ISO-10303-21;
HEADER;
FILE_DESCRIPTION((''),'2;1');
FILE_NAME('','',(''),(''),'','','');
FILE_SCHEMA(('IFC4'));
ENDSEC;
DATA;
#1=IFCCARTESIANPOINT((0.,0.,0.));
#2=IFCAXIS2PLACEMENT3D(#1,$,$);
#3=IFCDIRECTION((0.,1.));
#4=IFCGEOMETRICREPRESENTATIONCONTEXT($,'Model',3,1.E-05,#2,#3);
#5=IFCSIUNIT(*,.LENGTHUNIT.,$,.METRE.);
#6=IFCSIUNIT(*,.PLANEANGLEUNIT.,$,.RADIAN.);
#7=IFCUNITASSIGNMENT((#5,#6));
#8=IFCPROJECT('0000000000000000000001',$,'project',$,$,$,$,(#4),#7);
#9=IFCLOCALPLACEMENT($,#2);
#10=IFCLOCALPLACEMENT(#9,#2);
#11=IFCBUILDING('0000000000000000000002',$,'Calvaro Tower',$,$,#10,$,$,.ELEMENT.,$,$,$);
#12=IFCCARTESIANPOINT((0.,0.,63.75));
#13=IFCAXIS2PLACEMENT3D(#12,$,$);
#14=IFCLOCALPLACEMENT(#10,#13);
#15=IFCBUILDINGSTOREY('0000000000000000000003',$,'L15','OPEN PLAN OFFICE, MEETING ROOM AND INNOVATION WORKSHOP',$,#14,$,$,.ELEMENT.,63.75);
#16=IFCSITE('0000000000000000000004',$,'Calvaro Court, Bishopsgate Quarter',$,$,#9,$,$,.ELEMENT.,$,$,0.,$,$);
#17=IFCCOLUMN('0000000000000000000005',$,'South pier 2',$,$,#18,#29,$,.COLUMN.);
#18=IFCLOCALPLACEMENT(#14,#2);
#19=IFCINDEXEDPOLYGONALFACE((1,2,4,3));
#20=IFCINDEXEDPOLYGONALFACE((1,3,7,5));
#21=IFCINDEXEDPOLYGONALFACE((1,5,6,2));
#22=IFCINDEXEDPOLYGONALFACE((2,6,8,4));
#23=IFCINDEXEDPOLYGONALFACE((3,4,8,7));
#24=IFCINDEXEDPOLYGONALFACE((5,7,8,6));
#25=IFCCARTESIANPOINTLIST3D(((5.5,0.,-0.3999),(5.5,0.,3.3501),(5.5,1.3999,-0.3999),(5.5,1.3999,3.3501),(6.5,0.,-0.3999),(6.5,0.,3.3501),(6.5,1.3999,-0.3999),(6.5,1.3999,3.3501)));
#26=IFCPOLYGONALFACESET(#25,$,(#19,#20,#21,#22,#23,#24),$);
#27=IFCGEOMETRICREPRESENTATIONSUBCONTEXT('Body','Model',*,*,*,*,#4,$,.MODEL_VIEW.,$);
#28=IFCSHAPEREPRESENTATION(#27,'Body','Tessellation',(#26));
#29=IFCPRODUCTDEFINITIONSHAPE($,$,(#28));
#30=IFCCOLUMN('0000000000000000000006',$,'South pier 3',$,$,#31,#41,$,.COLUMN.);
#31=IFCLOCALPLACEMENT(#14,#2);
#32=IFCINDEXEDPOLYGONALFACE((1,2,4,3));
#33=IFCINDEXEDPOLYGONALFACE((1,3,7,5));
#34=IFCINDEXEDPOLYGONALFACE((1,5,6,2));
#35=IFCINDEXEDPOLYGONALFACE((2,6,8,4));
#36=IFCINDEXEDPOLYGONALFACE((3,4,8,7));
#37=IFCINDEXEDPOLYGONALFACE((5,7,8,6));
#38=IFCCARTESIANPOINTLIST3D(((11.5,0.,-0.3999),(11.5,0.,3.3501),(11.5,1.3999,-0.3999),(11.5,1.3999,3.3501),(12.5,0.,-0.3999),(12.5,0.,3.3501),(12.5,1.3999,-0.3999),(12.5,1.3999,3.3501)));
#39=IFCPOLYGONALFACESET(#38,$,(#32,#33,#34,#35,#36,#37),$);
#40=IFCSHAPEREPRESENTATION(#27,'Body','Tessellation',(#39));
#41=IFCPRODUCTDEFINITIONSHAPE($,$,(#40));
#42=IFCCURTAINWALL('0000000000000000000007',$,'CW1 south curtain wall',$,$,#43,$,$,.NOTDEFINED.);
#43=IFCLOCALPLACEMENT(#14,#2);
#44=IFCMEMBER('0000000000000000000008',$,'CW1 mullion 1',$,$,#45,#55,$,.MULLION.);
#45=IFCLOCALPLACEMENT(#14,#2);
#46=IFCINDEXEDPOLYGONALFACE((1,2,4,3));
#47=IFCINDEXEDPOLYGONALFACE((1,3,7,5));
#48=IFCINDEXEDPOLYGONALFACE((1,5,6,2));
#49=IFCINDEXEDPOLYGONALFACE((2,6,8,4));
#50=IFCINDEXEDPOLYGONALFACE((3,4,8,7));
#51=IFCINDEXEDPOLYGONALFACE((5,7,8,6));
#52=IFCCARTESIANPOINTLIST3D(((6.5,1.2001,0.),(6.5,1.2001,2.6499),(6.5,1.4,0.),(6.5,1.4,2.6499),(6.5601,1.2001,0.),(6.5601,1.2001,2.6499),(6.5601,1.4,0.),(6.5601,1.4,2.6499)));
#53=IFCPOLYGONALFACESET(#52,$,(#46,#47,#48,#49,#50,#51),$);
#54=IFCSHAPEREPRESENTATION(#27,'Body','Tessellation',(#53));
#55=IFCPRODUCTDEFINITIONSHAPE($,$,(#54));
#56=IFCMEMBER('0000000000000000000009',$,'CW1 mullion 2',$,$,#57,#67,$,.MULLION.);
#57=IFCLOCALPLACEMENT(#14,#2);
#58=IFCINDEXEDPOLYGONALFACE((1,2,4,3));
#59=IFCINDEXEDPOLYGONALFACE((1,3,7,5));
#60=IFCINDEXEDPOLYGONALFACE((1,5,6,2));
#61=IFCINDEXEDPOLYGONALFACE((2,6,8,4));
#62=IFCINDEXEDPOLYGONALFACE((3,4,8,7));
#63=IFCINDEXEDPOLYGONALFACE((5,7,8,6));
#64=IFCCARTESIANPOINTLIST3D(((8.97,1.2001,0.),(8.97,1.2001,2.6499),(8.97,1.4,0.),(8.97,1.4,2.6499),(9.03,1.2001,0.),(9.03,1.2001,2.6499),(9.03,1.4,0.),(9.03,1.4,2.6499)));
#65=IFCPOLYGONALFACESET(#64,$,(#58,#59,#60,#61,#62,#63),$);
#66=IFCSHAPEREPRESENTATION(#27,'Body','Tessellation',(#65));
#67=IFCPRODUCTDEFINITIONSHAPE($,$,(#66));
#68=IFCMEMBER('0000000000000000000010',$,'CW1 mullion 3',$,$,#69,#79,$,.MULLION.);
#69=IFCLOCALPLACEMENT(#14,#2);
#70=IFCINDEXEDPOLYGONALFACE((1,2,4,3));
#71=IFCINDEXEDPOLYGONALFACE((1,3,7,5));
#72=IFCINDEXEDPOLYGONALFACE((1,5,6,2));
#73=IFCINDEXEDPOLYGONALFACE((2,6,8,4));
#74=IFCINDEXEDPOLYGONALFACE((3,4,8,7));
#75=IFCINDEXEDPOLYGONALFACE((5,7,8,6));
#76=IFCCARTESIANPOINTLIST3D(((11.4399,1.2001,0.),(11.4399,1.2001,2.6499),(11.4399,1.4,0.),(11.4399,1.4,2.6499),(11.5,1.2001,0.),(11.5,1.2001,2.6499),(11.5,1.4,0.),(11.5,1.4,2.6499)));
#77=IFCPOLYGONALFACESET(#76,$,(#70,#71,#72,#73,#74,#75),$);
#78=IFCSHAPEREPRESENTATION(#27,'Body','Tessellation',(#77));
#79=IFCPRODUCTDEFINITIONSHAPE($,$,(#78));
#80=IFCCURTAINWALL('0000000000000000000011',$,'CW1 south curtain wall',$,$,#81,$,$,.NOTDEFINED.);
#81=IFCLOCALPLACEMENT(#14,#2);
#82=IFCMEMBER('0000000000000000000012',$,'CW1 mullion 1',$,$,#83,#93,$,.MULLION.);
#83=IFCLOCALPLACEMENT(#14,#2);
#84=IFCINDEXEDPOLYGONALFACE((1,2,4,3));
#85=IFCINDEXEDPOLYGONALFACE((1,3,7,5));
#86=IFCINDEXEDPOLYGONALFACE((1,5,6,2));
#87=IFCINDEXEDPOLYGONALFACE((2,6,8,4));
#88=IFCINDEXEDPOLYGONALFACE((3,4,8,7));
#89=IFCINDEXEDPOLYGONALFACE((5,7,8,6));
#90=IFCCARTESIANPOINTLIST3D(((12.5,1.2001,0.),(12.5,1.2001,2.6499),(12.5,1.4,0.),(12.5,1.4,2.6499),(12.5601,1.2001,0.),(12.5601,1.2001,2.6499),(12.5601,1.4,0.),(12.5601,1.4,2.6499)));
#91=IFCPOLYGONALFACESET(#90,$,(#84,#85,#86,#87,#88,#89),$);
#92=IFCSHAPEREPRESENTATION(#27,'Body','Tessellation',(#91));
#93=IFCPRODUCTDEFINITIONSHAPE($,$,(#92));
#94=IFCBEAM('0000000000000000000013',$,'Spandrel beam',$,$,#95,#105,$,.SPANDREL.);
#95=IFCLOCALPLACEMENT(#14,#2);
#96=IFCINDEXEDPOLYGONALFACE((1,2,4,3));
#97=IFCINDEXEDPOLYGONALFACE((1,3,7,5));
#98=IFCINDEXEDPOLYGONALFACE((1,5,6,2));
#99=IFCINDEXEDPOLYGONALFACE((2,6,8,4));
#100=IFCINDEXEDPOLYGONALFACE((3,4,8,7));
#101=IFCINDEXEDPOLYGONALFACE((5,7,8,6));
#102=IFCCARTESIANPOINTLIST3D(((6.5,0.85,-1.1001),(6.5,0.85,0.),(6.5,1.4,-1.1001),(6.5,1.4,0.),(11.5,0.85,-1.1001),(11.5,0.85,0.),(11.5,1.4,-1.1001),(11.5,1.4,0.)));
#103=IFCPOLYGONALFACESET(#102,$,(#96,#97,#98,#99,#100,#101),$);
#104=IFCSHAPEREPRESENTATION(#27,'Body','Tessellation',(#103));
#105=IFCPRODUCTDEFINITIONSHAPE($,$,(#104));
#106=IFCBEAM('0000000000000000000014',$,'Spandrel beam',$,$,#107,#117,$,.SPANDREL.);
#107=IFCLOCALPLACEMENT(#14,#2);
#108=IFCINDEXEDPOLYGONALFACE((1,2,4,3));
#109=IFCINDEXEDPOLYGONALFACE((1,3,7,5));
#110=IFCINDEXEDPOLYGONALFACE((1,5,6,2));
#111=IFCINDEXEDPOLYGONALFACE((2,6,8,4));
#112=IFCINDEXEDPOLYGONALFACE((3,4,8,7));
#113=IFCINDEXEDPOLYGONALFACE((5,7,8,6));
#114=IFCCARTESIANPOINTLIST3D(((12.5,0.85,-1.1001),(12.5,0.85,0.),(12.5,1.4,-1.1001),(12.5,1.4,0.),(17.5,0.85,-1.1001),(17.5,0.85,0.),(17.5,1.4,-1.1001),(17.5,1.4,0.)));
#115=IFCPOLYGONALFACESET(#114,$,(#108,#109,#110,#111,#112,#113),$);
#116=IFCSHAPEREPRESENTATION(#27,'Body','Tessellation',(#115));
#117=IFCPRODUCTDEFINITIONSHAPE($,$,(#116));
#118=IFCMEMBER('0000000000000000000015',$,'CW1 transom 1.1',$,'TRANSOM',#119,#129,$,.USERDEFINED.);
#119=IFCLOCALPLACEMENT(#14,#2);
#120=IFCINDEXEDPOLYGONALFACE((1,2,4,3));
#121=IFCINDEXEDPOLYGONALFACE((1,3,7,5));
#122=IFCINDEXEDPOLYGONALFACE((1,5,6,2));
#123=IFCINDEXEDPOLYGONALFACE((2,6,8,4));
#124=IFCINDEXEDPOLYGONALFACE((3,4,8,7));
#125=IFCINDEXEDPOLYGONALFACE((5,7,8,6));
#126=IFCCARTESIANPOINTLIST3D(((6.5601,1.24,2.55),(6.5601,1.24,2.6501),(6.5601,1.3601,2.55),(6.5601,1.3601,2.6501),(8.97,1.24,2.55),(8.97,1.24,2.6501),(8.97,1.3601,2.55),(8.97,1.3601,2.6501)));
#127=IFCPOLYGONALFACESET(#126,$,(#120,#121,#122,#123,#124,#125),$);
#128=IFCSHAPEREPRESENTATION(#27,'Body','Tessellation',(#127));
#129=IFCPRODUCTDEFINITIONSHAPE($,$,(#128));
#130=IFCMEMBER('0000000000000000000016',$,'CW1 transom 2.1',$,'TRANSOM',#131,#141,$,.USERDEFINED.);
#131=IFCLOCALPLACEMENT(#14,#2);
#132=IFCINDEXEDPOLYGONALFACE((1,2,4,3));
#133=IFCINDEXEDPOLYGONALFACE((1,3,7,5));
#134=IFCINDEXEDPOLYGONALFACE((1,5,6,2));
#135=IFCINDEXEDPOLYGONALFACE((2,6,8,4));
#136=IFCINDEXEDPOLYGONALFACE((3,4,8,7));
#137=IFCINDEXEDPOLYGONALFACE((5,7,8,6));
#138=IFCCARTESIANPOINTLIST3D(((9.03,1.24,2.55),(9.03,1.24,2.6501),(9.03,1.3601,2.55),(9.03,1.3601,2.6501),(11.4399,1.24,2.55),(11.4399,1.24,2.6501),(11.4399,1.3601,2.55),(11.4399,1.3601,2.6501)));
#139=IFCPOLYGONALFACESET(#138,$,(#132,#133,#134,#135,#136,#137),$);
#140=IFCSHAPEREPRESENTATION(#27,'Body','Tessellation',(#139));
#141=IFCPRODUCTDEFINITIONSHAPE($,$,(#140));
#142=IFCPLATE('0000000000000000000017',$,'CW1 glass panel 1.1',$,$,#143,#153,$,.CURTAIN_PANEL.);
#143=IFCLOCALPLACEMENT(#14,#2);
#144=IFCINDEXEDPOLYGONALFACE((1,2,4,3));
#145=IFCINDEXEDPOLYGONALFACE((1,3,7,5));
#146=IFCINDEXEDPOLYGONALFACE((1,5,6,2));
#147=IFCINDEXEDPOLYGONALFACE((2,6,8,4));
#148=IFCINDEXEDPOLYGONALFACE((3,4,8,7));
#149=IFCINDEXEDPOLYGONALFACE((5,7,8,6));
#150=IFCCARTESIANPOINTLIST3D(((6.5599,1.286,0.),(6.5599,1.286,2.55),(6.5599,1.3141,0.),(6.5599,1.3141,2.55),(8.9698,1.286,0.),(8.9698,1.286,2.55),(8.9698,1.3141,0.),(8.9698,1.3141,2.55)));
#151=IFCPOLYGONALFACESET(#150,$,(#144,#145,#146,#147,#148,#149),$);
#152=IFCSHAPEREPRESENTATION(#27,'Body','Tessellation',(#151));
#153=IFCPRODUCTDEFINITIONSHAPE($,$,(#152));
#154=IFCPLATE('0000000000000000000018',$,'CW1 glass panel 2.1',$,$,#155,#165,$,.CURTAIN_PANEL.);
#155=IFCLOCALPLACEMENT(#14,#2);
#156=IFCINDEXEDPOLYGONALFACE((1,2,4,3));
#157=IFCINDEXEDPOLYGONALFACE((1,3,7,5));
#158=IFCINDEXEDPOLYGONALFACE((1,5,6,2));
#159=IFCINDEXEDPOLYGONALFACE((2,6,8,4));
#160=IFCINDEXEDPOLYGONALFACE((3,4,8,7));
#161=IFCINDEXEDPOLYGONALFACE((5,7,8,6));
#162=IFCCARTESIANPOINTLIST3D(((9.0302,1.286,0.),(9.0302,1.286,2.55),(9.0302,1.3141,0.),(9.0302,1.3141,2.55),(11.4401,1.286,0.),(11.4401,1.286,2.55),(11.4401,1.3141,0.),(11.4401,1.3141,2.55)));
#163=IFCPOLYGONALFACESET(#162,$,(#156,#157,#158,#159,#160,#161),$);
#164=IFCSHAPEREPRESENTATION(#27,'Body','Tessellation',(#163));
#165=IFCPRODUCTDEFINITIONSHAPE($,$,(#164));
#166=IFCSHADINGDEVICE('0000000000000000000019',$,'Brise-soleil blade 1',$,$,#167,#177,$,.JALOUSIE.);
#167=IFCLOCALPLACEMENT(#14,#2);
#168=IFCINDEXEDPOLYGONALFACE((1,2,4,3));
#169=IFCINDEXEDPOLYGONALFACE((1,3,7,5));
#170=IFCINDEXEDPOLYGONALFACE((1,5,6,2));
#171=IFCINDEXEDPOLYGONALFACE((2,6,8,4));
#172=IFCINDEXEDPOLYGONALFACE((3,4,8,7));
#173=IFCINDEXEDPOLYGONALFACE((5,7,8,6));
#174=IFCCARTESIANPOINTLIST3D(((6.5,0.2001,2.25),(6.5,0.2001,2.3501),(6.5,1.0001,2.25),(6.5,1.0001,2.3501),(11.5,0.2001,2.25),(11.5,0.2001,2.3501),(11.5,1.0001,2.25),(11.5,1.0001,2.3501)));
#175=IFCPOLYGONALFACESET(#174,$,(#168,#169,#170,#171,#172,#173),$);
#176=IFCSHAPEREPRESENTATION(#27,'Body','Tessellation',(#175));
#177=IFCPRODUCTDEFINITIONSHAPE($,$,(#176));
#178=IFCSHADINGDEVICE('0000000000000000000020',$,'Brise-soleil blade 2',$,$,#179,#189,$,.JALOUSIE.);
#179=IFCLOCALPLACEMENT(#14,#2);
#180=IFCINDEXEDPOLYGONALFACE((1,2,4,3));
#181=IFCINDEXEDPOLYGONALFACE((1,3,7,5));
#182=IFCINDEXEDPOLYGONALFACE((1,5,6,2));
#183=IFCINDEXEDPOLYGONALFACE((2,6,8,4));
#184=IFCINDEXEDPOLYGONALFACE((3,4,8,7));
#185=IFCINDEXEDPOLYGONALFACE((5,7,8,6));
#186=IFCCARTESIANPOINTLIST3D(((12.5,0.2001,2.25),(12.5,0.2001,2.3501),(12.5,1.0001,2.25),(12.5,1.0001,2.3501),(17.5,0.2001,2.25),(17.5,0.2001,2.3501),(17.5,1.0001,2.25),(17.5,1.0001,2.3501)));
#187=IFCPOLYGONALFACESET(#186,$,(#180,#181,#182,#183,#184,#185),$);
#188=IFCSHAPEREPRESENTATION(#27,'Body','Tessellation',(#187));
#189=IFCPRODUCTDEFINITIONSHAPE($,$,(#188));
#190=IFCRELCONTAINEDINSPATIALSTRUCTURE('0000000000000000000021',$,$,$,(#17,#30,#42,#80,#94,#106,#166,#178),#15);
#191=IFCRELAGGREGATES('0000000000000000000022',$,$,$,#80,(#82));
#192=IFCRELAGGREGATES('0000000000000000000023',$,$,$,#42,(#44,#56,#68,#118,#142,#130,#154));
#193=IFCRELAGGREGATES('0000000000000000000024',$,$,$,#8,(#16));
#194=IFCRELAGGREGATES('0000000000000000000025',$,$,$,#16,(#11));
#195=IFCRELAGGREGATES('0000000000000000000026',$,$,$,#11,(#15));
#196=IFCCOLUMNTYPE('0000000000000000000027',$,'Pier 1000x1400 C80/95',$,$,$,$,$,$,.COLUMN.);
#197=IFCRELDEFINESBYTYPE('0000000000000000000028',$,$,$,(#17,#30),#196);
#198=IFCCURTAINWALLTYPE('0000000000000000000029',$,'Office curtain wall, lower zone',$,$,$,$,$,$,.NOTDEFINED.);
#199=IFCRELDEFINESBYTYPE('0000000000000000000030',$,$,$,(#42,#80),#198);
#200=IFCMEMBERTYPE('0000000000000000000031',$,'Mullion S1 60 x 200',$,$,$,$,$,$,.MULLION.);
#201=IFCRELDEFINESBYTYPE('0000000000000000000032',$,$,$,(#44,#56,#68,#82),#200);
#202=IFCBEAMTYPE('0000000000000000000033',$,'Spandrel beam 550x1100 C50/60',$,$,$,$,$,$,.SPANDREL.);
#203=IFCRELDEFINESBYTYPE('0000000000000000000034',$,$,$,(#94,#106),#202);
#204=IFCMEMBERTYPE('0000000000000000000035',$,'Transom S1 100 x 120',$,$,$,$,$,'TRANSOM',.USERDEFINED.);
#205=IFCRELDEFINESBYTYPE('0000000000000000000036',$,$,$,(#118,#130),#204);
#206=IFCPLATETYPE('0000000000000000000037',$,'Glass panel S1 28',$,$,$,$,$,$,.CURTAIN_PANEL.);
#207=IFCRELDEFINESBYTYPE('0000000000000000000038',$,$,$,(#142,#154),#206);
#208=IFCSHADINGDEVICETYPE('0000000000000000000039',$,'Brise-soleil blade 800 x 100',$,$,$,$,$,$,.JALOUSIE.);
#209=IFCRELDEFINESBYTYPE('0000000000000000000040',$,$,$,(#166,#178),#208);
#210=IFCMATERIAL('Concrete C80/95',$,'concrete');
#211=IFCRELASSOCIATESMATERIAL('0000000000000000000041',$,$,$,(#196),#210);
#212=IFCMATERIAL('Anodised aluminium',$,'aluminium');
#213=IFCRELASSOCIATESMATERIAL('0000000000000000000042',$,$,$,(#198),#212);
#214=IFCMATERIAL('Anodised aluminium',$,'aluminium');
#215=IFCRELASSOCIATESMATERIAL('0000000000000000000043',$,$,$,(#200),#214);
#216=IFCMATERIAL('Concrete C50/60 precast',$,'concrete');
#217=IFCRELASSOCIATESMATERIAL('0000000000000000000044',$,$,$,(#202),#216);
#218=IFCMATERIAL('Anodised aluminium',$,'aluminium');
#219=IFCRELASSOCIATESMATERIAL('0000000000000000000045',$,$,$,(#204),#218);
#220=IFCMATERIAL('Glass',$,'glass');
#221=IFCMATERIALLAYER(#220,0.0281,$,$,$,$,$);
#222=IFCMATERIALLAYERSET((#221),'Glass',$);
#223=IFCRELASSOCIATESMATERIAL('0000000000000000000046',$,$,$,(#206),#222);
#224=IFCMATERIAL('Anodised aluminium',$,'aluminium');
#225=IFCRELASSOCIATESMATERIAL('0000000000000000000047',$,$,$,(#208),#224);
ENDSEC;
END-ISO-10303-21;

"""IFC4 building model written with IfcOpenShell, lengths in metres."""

from ifc_helpers import new_model, si_unit, direction, frame, origin, origin_2d, place, context, subcontext, project, spatial, rectangle, extrude, material, layer, layer_set, material_profile, profile_set, type_object, element, aggregate, save


model = new_model("IFC4")

# Units and contexts
model_context = context("Model", 3, precision=1e-05, world=origin(), true_north=direction((0.0, 1.0)))
body_context = subcontext(model_context, "Body", "Model", "MODEL_VIEW")
ifc_project = project(units=[si_unit("LENGTHUNIT", "METRE"), si_unit("PLANEANGLEUNIT", "RADIAN")], contexts=[model_context])

# Site, building, storey
site_placement = place(None, origin())
site = spatial("IfcSite", under=ifc_project, at=site_placement, Name="Calvaro Court, Bishopsgate Quarter", CompositionType="ELEMENT", RefElevation=0.0)
building_placement = place(site_placement, origin())
building = spatial("IfcBuilding", under=site, at=building_placement, Name="Calvaro Tower", CompositionType="ELEMENT")
storey_placement = place(building_placement, frame((0.0, 0.0, 63.75)))
storey = spatial("IfcBuildingStorey", under=building, at=storey_placement, Name="L15", Description="OPEN PLAN OFFICE, MEETING ROOM AND INNOVATION WORKSHOP", CompositionType="ELEMENT", Elevation=63.75)

# Columns
ifc_material_1 = material(Name="Concrete C80/95", Category="concrete")
ifc_material_profile_1 = material_profile(ifc_material_1, rectangle(XDim=1.0, YDim=1.3999, at=origin_2d()), Name="RC 1000x1400")
ifc_profile_set_1 = profile_set([ifc_material_profile_1], Name="Concrete C80/95")
column_type = type_object("IfcColumnType", Name="Pier 1000x1400 C80/95", PredefinedType="COLUMN", material=ifc_profile_set_1)
for number, where, z_axis, x_axis, name in (
    (1, (6.0, 0.7, -0.3999), (0.0, 0.0, 1.0), (1.0, 0.0, 0.0), "South pier 2"),
    (2, (12.0, 0.7, -0.3999), (0.0, 0.0, 1.0), (1.0, 0.0, 0.0), "South pier 3"),
):
    element("IfcColumn", number, at=place(storey_placement, frame(where, z_axis=z_axis, x_axis=x_axis)), inside=storey, type_object=column_type, Name=name, PredefinedType="COLUMN", context=body_context, shape_type="SweptSolid", body=[
        extrude(rectangle(XDim=1.0, YDim=1.3999, at=origin_2d()), origin(), (0.0, 0.0, 1.0), 3.75),
    ])

# Curtain wall, members
ifc_material_2 = material(Name="Anodised aluminium", Category="aluminium")
curtain_wall_type = type_object("IfcCurtainWallType", Name="Office curtain wall, lower zone", PredefinedType="NOTDEFINED", material=ifc_material_2)
curtain_wall_1_placement = place(storey_placement, origin())
curtain_wall_1 = element("IfcCurtainWall", 3, at=curtain_wall_1_placement, inside=storey, type_object=curtain_wall_type, Name="CW1 south curtain wall", PredefinedType="NOTDEFINED")
ifc_material_3 = material(Name="Anodised aluminium", Category="aluminium")
ifc_material_profile_2 = material_profile(ifc_material_3, rectangle(XDim=0.2, YDim=0.0601, at=origin_2d()), Name="Mullion S1 60 x 200")
ifc_profile_set_2 = profile_set([ifc_material_profile_2], Name="Anodised aluminium")
member_type_1 = type_object("IfcMemberType", Name="Mullion S1 60 x 200", PredefinedType="MULLION", material=ifc_profile_set_2)
member_1_placement = place(storey_placement, frame((6.53, 1.3, 0.0), z_axis=(0.0, 0.0, 1.0), x_axis=(0.0, 1.0, 0.0)))
member_1 = element("IfcMember", 4, at=member_1_placement, type_object=member_type_1, Name="CW1 mullion 1", PredefinedType="MULLION", context=body_context, shape_type="SweptSolid", body=[
    extrude(rectangle(XDim=0.2, YDim=0.0601, at=origin_2d()), origin(), (0.0, 0.0, 1.0), 2.6499),
])
member_2_placement = place(storey_placement, frame((9.0, 1.3, 0.0), z_axis=(0.0, 0.0, 1.0), x_axis=(0.0, 1.0, 0.0)))
member_2 = element("IfcMember", 5, at=member_2_placement, type_object=member_type_1, Name="CW1 mullion 2", PredefinedType="MULLION", context=body_context, shape_type="SweptSolid", body=[
    extrude(rectangle(XDim=0.2, YDim=0.0601, at=origin_2d()), origin(), (0.0, 0.0, 1.0), 2.6499),
])
member_3_placement = place(storey_placement, frame((11.47, 1.3, 0.0), z_axis=(0.0, 0.0, 1.0), x_axis=(0.0, 1.0, 0.0)))
member_3 = element("IfcMember", 6, at=member_3_placement, type_object=member_type_1, Name="CW1 mullion 3", PredefinedType="MULLION", context=body_context, shape_type="SweptSolid", body=[
    extrude(rectangle(XDim=0.2, YDim=0.0601, at=origin_2d()), origin(), (0.0, 0.0, 1.0), 2.6499),
])

# Curtain wall, member
curtain_wall_2_placement = place(storey_placement, origin())
curtain_wall_2 = element("IfcCurtainWall", 7, at=curtain_wall_2_placement, inside=storey, type_object=curtain_wall_type, Name="CW1 south curtain wall", PredefinedType="NOTDEFINED")
member_4_placement = place(storey_placement, frame((12.53, 1.3, 0.0), z_axis=(0.0, 0.0, 1.0), x_axis=(0.0, 1.0, 0.0)))
member_4 = element("IfcMember", 8, at=member_4_placement, type_object=member_type_1, Name="CW1 mullion 1", PredefinedType="MULLION", context=body_context, shape_type="SweptSolid", body=[
    extrude(rectangle(XDim=0.2, YDim=0.0601, at=origin_2d()), origin(), (0.0, 0.0, 1.0), 2.6499),
])
aggregate(curtain_wall_2, [member_4])

# Beams
ifc_material_4 = material(Name="Concrete C50/60 precast", Category="concrete")
ifc_material_profile_3 = material_profile(ifc_material_4, rectangle(XDim=0.55, YDim=1.1001, at=origin_2d()), Name="RC 550x1100")
ifc_profile_set_3 = profile_set([ifc_material_profile_3], Name="Concrete C50/60 precast")
beam_type = type_object("IfcBeamType", Name="Spandrel beam 550x1100 C50/60", PredefinedType="SPANDREL", material=ifc_profile_set_3)
for number, where, z_axis, x_axis, name in (
    (9, (6.5, 1.125, -0.55), (1.0, 0.0, 0.0), (0.0, 1.0, 0.0), "Spandrel beam"),
    (10, (12.5, 1.125, -0.55), (1.0, 0.0, 0.0), (0.0, 1.0, 0.0), "Spandrel beam"),
):
    element("IfcBeam", number, at=place(storey_placement, frame(where, z_axis=z_axis, x_axis=x_axis)), inside=storey, type_object=beam_type, Name=name, PredefinedType="SPANDREL", context=body_context, shape_type="SweptSolid", body=[
        extrude(rectangle(XDim=0.55, YDim=1.1001, at=origin_2d()), origin(), (0.0, 0.0, 1.0), 5.0),
    ])

# Members
ifc_material_5 = material(Name="Anodised aluminium", Category="aluminium")
ifc_material_profile_4 = material_profile(ifc_material_5, rectangle(XDim=0.1201, YDim=0.1001, at=origin_2d()), Name="Transom S1 100 x 120")
ifc_profile_set_4 = profile_set([ifc_material_profile_4], Name="Anodised aluminium")
member_type_2 = type_object("IfcMemberType", Name="Transom S1 100 x 120", ElementType="TRANSOM", PredefinedType="USERDEFINED", material=ifc_profile_set_4)
member_5_placement = place(storey_placement, frame((6.5601, 1.3, 2.6001), z_axis=(1.0, 0.0, 0.0), x_axis=(0.0, 1.0, 0.0)))
member_5 = element("IfcMember", 11, at=member_5_placement, type_object=member_type_2, Name="CW1 transom 1.1", ObjectType="TRANSOM", PredefinedType="USERDEFINED", context=body_context, shape_type="SweptSolid", body=[
    extrude(rectangle(XDim=0.1201, YDim=0.1001, at=origin_2d()), origin(), (0.0, 0.0, 1.0), 2.4099),
])
member_6_placement = place(storey_placement, frame((9.03, 1.3, 2.6001), z_axis=(1.0, 0.0, 0.0), x_axis=(0.0, 1.0, 0.0)))
member_6 = element("IfcMember", 12, at=member_6_placement, type_object=member_type_2, Name="CW1 transom 2.1", ObjectType="TRANSOM", PredefinedType="USERDEFINED", context=body_context, shape_type="SweptSolid", body=[
    extrude(rectangle(XDim=0.1201, YDim=0.1001, at=origin_2d()), origin(), (0.0, 0.0, 1.0), 2.4099),
])

# Plates
ifc_material_6 = material(Name="Glass", Category="glass")
ifc_layer_1 = layer(ifc_material_6, 0.0281)
ifc_layer_set_1 = layer_set([ifc_layer_1], Name="Glass")
plate_type = type_object("IfcPlateType", Name="Glass panel S1 28", PredefinedType="CURTAIN_PANEL", material=ifc_layer_set_1)
plate_1_placement = place(storey_placement, frame((7.7649, 1.3, 0.0), z_axis=(0.0, 0.0, 1.0), x_axis=(1.0, 0.0, 0.0)))
plate_1 = element("IfcPlate", 13, at=plate_1_placement, type_object=plate_type, Name="CW1 glass panel 1.1", PredefinedType="CURTAIN_PANEL", context=body_context, shape_type="SweptSolid", body=[
    extrude(rectangle(XDim=2.4099, YDim=0.0281, at=origin_2d()), origin(), (0.0, 0.0, 1.0), 2.55),
])
plate_2_placement = place(storey_placement, frame((10.2351, 1.3, 0.0), z_axis=(0.0, 0.0, 1.0), x_axis=(1.0, 0.0, 0.0)))
plate_2 = element("IfcPlate", 14, at=plate_2_placement, type_object=plate_type, Name="CW1 glass panel 2.1", PredefinedType="CURTAIN_PANEL", context=body_context, shape_type="SweptSolid", body=[
    extrude(rectangle(XDim=2.4099, YDim=0.0281, at=origin_2d()), origin(), (0.0, 0.0, 1.0), 2.55),
])
aggregate(curtain_wall_1, [member_1, member_2, member_3, member_5, plate_1, member_6, plate_2])

# Shading devices
ifc_material_7 = material(Name="Anodised aluminium", Category="aluminium")
ifc_material_profile_5 = material_profile(ifc_material_7, rectangle(XDim=0.8, YDim=0.1001, at=origin_2d()), Name="Brise-soleil blade 800 x 100")
ifc_profile_set_5 = profile_set([ifc_material_profile_5], Name="Anodised aluminium")
shading_device_type = type_object("IfcShadingDeviceType", Name="Brise-soleil blade 800 x 100", PredefinedType="JALOUSIE", material=ifc_profile_set_5)
for number, where, z_axis, x_axis, name in (
    (15, (6.5, 0.6001, 2.3), (1.0, 0.0, 0.0), (0.0, 1.0, 0.0), "Brise-soleil blade 1"),
    (16, (12.5, 0.6001, 2.3), (1.0, 0.0, 0.0), (0.0, 1.0, 0.0), "Brise-soleil blade 2"),
):
    element("IfcShadingDevice", number, at=place(storey_placement, frame(where, z_axis=z_axis, x_axis=x_axis)), inside=storey, type_object=shading_device_type, Name=name, PredefinedType="JALOUSIE", context=body_context, shape_type="SweptSolid", body=[
        extrude(rectangle(XDim=0.8, YDim=0.1001, at=origin_2d()), origin(), (0.0, 0.0, 1.0), 5.0),
    ])

save(model, "model.ifc")
